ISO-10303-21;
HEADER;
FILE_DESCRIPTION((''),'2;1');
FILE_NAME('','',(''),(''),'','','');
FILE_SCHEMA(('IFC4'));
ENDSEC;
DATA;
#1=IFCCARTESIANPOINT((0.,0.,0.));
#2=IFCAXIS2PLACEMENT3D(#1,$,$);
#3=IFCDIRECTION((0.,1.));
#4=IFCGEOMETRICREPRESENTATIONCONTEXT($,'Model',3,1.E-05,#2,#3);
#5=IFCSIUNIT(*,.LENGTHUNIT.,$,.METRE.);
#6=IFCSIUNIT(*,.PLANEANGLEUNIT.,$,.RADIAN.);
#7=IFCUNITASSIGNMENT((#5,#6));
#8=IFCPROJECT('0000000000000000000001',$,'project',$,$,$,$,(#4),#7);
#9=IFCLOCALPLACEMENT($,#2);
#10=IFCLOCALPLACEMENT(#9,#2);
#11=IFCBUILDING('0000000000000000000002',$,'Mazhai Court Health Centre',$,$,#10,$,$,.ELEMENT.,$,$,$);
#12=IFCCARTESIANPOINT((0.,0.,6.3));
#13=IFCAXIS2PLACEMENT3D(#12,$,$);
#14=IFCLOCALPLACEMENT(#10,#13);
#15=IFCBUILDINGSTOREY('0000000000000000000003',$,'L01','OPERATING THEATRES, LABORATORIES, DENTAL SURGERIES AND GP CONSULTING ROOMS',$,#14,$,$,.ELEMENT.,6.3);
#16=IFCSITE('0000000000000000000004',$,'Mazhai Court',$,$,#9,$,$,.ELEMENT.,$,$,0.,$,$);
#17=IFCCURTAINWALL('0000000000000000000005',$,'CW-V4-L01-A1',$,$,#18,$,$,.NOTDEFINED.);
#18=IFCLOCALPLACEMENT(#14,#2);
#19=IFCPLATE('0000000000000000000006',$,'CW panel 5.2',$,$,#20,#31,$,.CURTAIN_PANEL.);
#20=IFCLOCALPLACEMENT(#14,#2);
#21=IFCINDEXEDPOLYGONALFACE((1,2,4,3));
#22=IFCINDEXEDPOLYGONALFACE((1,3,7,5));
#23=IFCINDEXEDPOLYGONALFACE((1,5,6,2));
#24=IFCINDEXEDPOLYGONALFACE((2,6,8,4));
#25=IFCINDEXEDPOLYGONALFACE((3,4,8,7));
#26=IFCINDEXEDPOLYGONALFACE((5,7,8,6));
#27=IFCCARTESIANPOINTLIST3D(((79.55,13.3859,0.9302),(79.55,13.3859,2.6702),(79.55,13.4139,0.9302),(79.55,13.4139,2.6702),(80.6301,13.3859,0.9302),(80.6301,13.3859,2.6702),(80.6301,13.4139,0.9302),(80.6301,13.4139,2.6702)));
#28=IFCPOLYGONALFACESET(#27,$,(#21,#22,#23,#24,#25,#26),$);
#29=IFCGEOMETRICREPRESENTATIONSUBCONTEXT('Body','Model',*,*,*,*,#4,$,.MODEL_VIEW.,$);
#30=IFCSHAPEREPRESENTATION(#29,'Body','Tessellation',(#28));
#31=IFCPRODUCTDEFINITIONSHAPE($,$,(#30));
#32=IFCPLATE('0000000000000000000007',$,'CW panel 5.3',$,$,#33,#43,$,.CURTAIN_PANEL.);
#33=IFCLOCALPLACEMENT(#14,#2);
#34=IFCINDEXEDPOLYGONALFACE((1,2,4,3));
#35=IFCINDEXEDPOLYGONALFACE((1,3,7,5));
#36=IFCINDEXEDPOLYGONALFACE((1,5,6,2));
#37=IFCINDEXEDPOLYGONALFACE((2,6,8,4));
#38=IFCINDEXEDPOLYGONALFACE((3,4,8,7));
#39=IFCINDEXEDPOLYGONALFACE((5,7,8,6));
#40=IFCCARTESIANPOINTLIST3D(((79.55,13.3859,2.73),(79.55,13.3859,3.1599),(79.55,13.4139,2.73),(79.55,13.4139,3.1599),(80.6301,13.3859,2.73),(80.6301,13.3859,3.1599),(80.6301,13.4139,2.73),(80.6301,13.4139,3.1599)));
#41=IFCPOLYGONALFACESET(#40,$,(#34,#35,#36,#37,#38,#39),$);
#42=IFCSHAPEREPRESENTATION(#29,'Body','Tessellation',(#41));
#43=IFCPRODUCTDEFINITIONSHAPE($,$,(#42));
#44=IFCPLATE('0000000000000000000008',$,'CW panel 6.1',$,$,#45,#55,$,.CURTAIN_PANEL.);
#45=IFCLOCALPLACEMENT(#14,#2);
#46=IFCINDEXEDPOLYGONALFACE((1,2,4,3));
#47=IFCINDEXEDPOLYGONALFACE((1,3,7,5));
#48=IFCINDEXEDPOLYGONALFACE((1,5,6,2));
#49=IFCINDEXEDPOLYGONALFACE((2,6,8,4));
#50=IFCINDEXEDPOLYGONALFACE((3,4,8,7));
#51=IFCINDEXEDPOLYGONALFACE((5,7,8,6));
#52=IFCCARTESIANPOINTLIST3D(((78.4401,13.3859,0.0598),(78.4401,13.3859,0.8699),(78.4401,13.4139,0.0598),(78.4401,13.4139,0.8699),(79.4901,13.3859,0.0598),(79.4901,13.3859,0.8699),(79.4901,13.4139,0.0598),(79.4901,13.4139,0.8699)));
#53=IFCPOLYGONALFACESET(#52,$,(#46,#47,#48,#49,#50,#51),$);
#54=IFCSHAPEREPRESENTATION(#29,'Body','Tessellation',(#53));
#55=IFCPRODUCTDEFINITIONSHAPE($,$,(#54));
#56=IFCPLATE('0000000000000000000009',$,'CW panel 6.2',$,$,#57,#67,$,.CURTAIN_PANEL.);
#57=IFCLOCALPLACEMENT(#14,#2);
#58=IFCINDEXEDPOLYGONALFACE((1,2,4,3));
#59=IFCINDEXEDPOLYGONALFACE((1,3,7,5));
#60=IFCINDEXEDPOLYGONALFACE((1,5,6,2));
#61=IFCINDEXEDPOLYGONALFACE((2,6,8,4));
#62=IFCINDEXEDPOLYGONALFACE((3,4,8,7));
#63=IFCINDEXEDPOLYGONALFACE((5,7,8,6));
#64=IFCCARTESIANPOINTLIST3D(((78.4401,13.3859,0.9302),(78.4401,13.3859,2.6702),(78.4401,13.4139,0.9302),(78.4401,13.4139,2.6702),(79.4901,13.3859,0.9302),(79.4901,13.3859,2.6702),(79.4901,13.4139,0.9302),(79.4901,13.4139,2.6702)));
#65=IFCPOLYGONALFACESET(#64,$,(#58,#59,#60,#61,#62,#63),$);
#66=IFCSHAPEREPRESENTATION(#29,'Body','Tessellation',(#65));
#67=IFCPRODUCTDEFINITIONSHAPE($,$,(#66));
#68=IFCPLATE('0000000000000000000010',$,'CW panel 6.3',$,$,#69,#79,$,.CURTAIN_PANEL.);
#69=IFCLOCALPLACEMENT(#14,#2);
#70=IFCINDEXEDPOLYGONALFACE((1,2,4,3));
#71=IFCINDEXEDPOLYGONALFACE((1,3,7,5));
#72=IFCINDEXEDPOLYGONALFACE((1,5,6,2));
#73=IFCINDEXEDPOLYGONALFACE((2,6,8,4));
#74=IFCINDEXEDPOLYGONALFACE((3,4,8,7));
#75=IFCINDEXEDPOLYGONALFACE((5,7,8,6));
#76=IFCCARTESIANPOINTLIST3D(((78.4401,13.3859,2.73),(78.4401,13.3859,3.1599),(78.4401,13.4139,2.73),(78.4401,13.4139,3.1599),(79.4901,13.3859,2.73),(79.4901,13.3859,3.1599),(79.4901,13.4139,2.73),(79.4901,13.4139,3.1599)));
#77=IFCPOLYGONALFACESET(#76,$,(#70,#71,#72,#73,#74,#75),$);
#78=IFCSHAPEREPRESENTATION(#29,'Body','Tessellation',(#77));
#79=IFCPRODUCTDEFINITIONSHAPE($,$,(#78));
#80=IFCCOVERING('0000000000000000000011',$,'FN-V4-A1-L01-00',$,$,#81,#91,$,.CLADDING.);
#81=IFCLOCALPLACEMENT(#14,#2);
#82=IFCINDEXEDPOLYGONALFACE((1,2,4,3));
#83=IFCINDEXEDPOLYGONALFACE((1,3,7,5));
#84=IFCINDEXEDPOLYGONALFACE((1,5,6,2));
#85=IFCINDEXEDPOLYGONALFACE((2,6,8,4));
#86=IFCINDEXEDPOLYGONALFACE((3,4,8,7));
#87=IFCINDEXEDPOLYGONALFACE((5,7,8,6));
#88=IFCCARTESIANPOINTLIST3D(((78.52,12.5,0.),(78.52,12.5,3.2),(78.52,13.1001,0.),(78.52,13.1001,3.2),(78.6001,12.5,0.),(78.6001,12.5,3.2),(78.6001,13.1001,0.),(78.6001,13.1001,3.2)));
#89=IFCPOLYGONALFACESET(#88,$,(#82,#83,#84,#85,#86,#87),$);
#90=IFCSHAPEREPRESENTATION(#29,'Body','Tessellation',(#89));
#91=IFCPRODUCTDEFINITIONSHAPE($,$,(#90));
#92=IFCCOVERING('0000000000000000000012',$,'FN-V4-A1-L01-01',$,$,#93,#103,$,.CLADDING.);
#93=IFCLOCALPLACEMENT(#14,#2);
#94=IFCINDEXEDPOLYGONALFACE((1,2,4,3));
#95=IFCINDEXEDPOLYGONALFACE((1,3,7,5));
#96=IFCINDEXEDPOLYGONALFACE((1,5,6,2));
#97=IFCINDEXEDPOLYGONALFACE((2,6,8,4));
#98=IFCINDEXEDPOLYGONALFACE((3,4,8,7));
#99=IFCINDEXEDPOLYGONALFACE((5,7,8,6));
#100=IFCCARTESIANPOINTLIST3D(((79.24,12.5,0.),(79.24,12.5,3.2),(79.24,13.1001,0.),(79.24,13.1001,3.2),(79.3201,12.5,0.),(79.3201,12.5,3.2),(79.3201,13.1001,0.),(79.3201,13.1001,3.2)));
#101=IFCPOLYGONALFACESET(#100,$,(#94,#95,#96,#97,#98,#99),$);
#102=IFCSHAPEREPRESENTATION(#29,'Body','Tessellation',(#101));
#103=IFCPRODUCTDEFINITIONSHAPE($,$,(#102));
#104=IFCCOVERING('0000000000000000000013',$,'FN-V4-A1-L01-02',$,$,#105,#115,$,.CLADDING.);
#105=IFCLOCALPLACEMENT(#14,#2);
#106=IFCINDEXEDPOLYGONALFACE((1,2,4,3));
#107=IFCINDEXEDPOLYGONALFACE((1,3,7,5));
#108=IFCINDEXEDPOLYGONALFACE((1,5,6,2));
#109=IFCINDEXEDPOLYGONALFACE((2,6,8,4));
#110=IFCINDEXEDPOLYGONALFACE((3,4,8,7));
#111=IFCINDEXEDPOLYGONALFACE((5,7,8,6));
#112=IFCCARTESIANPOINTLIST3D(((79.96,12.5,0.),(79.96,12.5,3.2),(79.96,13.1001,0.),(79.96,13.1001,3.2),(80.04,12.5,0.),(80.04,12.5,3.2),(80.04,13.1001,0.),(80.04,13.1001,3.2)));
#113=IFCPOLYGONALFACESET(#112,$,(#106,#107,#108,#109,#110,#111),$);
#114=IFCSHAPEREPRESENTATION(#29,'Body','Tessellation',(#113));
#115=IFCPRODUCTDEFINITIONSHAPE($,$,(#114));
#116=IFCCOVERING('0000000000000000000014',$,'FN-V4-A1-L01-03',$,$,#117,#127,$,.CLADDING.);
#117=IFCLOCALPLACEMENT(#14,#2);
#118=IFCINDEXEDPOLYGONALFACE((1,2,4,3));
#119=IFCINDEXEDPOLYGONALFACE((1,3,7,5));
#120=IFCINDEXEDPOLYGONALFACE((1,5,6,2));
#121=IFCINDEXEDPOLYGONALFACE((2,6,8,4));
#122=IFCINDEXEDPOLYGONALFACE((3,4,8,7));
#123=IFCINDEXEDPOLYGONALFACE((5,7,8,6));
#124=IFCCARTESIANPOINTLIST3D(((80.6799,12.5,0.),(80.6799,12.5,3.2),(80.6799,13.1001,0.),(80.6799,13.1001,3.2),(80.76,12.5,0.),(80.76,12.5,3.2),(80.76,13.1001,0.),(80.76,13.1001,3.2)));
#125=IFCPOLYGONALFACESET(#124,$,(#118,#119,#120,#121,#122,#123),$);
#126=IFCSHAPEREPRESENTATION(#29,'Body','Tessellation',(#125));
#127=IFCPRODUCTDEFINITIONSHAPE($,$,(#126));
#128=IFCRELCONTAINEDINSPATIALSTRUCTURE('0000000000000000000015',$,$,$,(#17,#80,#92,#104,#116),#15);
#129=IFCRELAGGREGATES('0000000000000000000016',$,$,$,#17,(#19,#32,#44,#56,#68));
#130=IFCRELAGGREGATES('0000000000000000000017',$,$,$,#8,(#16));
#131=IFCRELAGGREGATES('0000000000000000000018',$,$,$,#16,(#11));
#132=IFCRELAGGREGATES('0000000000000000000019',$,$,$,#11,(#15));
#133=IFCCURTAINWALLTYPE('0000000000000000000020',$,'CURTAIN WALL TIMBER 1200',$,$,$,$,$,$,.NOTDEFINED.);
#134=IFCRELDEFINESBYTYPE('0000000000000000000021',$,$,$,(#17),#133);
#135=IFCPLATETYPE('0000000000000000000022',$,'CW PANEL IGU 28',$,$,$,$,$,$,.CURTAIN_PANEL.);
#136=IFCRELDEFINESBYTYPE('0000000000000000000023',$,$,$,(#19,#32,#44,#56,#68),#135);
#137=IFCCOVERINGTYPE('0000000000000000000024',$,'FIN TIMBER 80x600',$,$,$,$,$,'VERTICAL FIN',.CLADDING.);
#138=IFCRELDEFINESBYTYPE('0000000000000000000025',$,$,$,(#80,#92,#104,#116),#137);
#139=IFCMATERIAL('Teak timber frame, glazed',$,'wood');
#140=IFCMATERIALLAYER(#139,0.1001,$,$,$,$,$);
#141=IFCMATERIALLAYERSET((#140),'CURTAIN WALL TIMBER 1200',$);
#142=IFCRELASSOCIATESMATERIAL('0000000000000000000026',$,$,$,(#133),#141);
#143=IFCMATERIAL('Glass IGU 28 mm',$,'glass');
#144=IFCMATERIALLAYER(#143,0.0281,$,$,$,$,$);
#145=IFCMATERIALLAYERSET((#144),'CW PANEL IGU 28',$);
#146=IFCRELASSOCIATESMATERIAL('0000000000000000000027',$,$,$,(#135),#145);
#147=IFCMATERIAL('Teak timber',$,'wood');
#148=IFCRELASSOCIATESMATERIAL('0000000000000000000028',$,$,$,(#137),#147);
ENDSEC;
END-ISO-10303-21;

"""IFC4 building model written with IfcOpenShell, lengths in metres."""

from ifc_helpers import new_model, si_unit, direction, frame, origin, origin_2d, place, context, subcontext, project, spatial, rectangle, extrude, material, layer, layer_set, type_object, element, aggregate, save


model = new_model("IFC4")

# Units and contexts
model_context = context("Model", 3, precision=1e-05, world=origin(), true_north=direction((0.0, 1.0)))
body_context = subcontext(model_context, "Body", "Model", "MODEL_VIEW")
ifc_project = project(units=[si_unit("LENGTHUNIT", "METRE"), si_unit("PLANEANGLEUNIT", "RADIAN")], contexts=[model_context])

# Site, building, storey
site_placement = place(None, origin())
site = spatial("IfcSite", under=ifc_project, at=site_placement, Name="Mazhai Court", CompositionType="ELEMENT", RefElevation=0.0)
building_placement = place(site_placement, origin())
building = spatial("IfcBuilding", under=site, at=building_placement, Name="Mazhai Court Health Centre", CompositionType="ELEMENT")
storey_placement = place(building_placement, frame((0.0, 0.0, 6.3)))
storey = spatial("IfcBuildingStorey", under=building, at=storey_placement, Name="L01", Description="OPERATING THEATRES, LABORATORIES, DENTAL SURGERIES AND GP CONSULTING ROOMS", CompositionType="ELEMENT", Elevation=6.3)

# Curtain wall, plates
ifc_material_1 = material(Name="Teak timber frame, glazed", Category="wood")
ifc_layer_1 = layer(ifc_material_1, 0.1001)
ifc_layer_set_1 = layer_set([ifc_layer_1], Name="CURTAIN WALL TIMBER 1200")
curtain_wall_type = type_object("IfcCurtainWallType", Name="CURTAIN WALL TIMBER 1200", PredefinedType="NOTDEFINED", material=ifc_layer_set_1)
curtain_wall_placement = place(storey_placement, origin())
curtain_wall = element("IfcCurtainWall", 1, at=curtain_wall_placement, inside=storey, type_object=curtain_wall_type, Name="CW-V4-L01-A1", PredefinedType="NOTDEFINED")
ifc_material_2 = material(Name="Glass IGU 28 mm", Category="glass")
ifc_layer_2 = layer(ifc_material_2, 0.0281)
ifc_layer_set_2 = layer_set([ifc_layer_2], Name="CW PANEL IGU 28")
plate_type = type_object("IfcPlateType", Name="CW PANEL IGU 28", PredefinedType="CURTAIN_PANEL", material=ifc_layer_set_2)
plate_1_placement = place(storey_placement, frame((80.0901, 13.3999, 0.9302), z_axis=(0.0, 0.0, 1.0), x_axis=(-1.0, 0.0, 0.0)))
plate_1 = element("IfcPlate", 2, at=plate_1_placement, type_object=plate_type, Name="CW panel 5.2", PredefinedType="CURTAIN_PANEL", context=body_context, shape_type="SweptSolid", body=[
    extrude(rectangle(XDim=1.0801, YDim=0.0281, at=origin_2d()), origin(), (0.0, 0.0, 1.0), 1.74),
])
plate_2_placement = place(storey_placement, frame((80.0901, 13.3999, 2.73), z_axis=(0.0, 0.0, 1.0), x_axis=(-1.0, 0.0, 0.0)))
plate_2 = element("IfcPlate", 3, at=plate_2_placement, type_object=plate_type, Name="CW panel 5.3", PredefinedType="CURTAIN_PANEL", context=body_context, shape_type="SweptSolid", body=[
    extrude(rectangle(XDim=1.0801, YDim=0.0281, at=origin_2d()), origin(), (0.0, 0.0, 1.0), 0.4299),
])
plate_3_placement = place(storey_placement, frame((78.9651, 13.3999, 0.0598), z_axis=(0.0, 0.0, 1.0), x_axis=(-1.0, 0.0, 0.0)))
plate_3 = element("IfcPlate", 4, at=plate_3_placement, type_object=plate_type, Name="CW panel 6.1", PredefinedType="CURTAIN_PANEL", context=body_context, shape_type="SweptSolid", body=[
    extrude(rectangle(XDim=1.05, YDim=0.0281, at=origin_2d()), origin(), (0.0, 0.0, 1.0), 0.8101),
])
plate_4_placement = place(storey_placement, frame((78.9651, 13.3999, 0.9302), z_axis=(0.0, 0.0, 1.0), x_axis=(-1.0, 0.0, 0.0)))
plate_4 = element("IfcPlate", 5, at=plate_4_placement, type_object=plate_type, Name="CW panel 6.2", PredefinedType="CURTAIN_PANEL", context=body_context, shape_type="SweptSolid", body=[
    extrude(rectangle(XDim=1.05, YDim=0.0281, at=origin_2d()), origin(), (0.0, 0.0, 1.0), 1.74),
])
plate_5_placement = place(storey_placement, frame((78.9651, 13.3999, 2.73), z_axis=(0.0, 0.0, 1.0), x_axis=(-1.0, 0.0, 0.0)))
plate_5 = element("IfcPlate", 6, at=plate_5_placement, type_object=plate_type, Name="CW panel 6.3", PredefinedType="CURTAIN_PANEL", context=body_context, shape_type="SweptSolid", body=[
    extrude(rectangle(XDim=1.05, YDim=0.0281, at=origin_2d()), origin(), (0.0, 0.0, 1.0), 0.4299),
])
aggregate(curtain_wall, [plate_1, plate_2, plate_3, plate_4, plate_5])

# Coverings
ifc_material_3 = material(Name="Teak timber", Category="wood")
covering_type = type_object("IfcCoveringType", Name="FIN TIMBER 80x600", ElementType="VERTICAL FIN", PredefinedType="CLADDING", material=ifc_material_3)
for number, where, z_axis, x_axis, name in (
    (7, (78.5601, 12.8, 0.0), (0.0, 0.0, 1.0), (1.0, 0.0, 0.0), "FN-V4-A1-L01-00"),
    (8, (79.28, 12.8, 0.0), (0.0, 0.0, 1.0), (1.0, 0.0, 0.0), "FN-V4-A1-L01-01"),
    (9, (80.0, 12.8, 0.0), (0.0, 0.0, 1.0), (1.0, 0.0, 0.0), "FN-V4-A1-L01-02"),
    (10, (80.72, 12.8, 0.0), (0.0, 0.0, 1.0), (1.0, 0.0, 0.0), "FN-V4-A1-L01-03"),
):
    element("IfcCovering", number, at=place(storey_placement, frame(where, z_axis=z_axis, x_axis=x_axis)), inside=storey, type_object=covering_type, Name=name, PredefinedType="CLADDING", context=body_context, shape_type="SweptSolid", body=[
        extrude(rectangle(XDim=0.0801, YDim=0.6001, at=origin_2d()), origin(), (0.0, 0.0, 1.0), 3.2),
    ])

save(model, "model.ifc")
